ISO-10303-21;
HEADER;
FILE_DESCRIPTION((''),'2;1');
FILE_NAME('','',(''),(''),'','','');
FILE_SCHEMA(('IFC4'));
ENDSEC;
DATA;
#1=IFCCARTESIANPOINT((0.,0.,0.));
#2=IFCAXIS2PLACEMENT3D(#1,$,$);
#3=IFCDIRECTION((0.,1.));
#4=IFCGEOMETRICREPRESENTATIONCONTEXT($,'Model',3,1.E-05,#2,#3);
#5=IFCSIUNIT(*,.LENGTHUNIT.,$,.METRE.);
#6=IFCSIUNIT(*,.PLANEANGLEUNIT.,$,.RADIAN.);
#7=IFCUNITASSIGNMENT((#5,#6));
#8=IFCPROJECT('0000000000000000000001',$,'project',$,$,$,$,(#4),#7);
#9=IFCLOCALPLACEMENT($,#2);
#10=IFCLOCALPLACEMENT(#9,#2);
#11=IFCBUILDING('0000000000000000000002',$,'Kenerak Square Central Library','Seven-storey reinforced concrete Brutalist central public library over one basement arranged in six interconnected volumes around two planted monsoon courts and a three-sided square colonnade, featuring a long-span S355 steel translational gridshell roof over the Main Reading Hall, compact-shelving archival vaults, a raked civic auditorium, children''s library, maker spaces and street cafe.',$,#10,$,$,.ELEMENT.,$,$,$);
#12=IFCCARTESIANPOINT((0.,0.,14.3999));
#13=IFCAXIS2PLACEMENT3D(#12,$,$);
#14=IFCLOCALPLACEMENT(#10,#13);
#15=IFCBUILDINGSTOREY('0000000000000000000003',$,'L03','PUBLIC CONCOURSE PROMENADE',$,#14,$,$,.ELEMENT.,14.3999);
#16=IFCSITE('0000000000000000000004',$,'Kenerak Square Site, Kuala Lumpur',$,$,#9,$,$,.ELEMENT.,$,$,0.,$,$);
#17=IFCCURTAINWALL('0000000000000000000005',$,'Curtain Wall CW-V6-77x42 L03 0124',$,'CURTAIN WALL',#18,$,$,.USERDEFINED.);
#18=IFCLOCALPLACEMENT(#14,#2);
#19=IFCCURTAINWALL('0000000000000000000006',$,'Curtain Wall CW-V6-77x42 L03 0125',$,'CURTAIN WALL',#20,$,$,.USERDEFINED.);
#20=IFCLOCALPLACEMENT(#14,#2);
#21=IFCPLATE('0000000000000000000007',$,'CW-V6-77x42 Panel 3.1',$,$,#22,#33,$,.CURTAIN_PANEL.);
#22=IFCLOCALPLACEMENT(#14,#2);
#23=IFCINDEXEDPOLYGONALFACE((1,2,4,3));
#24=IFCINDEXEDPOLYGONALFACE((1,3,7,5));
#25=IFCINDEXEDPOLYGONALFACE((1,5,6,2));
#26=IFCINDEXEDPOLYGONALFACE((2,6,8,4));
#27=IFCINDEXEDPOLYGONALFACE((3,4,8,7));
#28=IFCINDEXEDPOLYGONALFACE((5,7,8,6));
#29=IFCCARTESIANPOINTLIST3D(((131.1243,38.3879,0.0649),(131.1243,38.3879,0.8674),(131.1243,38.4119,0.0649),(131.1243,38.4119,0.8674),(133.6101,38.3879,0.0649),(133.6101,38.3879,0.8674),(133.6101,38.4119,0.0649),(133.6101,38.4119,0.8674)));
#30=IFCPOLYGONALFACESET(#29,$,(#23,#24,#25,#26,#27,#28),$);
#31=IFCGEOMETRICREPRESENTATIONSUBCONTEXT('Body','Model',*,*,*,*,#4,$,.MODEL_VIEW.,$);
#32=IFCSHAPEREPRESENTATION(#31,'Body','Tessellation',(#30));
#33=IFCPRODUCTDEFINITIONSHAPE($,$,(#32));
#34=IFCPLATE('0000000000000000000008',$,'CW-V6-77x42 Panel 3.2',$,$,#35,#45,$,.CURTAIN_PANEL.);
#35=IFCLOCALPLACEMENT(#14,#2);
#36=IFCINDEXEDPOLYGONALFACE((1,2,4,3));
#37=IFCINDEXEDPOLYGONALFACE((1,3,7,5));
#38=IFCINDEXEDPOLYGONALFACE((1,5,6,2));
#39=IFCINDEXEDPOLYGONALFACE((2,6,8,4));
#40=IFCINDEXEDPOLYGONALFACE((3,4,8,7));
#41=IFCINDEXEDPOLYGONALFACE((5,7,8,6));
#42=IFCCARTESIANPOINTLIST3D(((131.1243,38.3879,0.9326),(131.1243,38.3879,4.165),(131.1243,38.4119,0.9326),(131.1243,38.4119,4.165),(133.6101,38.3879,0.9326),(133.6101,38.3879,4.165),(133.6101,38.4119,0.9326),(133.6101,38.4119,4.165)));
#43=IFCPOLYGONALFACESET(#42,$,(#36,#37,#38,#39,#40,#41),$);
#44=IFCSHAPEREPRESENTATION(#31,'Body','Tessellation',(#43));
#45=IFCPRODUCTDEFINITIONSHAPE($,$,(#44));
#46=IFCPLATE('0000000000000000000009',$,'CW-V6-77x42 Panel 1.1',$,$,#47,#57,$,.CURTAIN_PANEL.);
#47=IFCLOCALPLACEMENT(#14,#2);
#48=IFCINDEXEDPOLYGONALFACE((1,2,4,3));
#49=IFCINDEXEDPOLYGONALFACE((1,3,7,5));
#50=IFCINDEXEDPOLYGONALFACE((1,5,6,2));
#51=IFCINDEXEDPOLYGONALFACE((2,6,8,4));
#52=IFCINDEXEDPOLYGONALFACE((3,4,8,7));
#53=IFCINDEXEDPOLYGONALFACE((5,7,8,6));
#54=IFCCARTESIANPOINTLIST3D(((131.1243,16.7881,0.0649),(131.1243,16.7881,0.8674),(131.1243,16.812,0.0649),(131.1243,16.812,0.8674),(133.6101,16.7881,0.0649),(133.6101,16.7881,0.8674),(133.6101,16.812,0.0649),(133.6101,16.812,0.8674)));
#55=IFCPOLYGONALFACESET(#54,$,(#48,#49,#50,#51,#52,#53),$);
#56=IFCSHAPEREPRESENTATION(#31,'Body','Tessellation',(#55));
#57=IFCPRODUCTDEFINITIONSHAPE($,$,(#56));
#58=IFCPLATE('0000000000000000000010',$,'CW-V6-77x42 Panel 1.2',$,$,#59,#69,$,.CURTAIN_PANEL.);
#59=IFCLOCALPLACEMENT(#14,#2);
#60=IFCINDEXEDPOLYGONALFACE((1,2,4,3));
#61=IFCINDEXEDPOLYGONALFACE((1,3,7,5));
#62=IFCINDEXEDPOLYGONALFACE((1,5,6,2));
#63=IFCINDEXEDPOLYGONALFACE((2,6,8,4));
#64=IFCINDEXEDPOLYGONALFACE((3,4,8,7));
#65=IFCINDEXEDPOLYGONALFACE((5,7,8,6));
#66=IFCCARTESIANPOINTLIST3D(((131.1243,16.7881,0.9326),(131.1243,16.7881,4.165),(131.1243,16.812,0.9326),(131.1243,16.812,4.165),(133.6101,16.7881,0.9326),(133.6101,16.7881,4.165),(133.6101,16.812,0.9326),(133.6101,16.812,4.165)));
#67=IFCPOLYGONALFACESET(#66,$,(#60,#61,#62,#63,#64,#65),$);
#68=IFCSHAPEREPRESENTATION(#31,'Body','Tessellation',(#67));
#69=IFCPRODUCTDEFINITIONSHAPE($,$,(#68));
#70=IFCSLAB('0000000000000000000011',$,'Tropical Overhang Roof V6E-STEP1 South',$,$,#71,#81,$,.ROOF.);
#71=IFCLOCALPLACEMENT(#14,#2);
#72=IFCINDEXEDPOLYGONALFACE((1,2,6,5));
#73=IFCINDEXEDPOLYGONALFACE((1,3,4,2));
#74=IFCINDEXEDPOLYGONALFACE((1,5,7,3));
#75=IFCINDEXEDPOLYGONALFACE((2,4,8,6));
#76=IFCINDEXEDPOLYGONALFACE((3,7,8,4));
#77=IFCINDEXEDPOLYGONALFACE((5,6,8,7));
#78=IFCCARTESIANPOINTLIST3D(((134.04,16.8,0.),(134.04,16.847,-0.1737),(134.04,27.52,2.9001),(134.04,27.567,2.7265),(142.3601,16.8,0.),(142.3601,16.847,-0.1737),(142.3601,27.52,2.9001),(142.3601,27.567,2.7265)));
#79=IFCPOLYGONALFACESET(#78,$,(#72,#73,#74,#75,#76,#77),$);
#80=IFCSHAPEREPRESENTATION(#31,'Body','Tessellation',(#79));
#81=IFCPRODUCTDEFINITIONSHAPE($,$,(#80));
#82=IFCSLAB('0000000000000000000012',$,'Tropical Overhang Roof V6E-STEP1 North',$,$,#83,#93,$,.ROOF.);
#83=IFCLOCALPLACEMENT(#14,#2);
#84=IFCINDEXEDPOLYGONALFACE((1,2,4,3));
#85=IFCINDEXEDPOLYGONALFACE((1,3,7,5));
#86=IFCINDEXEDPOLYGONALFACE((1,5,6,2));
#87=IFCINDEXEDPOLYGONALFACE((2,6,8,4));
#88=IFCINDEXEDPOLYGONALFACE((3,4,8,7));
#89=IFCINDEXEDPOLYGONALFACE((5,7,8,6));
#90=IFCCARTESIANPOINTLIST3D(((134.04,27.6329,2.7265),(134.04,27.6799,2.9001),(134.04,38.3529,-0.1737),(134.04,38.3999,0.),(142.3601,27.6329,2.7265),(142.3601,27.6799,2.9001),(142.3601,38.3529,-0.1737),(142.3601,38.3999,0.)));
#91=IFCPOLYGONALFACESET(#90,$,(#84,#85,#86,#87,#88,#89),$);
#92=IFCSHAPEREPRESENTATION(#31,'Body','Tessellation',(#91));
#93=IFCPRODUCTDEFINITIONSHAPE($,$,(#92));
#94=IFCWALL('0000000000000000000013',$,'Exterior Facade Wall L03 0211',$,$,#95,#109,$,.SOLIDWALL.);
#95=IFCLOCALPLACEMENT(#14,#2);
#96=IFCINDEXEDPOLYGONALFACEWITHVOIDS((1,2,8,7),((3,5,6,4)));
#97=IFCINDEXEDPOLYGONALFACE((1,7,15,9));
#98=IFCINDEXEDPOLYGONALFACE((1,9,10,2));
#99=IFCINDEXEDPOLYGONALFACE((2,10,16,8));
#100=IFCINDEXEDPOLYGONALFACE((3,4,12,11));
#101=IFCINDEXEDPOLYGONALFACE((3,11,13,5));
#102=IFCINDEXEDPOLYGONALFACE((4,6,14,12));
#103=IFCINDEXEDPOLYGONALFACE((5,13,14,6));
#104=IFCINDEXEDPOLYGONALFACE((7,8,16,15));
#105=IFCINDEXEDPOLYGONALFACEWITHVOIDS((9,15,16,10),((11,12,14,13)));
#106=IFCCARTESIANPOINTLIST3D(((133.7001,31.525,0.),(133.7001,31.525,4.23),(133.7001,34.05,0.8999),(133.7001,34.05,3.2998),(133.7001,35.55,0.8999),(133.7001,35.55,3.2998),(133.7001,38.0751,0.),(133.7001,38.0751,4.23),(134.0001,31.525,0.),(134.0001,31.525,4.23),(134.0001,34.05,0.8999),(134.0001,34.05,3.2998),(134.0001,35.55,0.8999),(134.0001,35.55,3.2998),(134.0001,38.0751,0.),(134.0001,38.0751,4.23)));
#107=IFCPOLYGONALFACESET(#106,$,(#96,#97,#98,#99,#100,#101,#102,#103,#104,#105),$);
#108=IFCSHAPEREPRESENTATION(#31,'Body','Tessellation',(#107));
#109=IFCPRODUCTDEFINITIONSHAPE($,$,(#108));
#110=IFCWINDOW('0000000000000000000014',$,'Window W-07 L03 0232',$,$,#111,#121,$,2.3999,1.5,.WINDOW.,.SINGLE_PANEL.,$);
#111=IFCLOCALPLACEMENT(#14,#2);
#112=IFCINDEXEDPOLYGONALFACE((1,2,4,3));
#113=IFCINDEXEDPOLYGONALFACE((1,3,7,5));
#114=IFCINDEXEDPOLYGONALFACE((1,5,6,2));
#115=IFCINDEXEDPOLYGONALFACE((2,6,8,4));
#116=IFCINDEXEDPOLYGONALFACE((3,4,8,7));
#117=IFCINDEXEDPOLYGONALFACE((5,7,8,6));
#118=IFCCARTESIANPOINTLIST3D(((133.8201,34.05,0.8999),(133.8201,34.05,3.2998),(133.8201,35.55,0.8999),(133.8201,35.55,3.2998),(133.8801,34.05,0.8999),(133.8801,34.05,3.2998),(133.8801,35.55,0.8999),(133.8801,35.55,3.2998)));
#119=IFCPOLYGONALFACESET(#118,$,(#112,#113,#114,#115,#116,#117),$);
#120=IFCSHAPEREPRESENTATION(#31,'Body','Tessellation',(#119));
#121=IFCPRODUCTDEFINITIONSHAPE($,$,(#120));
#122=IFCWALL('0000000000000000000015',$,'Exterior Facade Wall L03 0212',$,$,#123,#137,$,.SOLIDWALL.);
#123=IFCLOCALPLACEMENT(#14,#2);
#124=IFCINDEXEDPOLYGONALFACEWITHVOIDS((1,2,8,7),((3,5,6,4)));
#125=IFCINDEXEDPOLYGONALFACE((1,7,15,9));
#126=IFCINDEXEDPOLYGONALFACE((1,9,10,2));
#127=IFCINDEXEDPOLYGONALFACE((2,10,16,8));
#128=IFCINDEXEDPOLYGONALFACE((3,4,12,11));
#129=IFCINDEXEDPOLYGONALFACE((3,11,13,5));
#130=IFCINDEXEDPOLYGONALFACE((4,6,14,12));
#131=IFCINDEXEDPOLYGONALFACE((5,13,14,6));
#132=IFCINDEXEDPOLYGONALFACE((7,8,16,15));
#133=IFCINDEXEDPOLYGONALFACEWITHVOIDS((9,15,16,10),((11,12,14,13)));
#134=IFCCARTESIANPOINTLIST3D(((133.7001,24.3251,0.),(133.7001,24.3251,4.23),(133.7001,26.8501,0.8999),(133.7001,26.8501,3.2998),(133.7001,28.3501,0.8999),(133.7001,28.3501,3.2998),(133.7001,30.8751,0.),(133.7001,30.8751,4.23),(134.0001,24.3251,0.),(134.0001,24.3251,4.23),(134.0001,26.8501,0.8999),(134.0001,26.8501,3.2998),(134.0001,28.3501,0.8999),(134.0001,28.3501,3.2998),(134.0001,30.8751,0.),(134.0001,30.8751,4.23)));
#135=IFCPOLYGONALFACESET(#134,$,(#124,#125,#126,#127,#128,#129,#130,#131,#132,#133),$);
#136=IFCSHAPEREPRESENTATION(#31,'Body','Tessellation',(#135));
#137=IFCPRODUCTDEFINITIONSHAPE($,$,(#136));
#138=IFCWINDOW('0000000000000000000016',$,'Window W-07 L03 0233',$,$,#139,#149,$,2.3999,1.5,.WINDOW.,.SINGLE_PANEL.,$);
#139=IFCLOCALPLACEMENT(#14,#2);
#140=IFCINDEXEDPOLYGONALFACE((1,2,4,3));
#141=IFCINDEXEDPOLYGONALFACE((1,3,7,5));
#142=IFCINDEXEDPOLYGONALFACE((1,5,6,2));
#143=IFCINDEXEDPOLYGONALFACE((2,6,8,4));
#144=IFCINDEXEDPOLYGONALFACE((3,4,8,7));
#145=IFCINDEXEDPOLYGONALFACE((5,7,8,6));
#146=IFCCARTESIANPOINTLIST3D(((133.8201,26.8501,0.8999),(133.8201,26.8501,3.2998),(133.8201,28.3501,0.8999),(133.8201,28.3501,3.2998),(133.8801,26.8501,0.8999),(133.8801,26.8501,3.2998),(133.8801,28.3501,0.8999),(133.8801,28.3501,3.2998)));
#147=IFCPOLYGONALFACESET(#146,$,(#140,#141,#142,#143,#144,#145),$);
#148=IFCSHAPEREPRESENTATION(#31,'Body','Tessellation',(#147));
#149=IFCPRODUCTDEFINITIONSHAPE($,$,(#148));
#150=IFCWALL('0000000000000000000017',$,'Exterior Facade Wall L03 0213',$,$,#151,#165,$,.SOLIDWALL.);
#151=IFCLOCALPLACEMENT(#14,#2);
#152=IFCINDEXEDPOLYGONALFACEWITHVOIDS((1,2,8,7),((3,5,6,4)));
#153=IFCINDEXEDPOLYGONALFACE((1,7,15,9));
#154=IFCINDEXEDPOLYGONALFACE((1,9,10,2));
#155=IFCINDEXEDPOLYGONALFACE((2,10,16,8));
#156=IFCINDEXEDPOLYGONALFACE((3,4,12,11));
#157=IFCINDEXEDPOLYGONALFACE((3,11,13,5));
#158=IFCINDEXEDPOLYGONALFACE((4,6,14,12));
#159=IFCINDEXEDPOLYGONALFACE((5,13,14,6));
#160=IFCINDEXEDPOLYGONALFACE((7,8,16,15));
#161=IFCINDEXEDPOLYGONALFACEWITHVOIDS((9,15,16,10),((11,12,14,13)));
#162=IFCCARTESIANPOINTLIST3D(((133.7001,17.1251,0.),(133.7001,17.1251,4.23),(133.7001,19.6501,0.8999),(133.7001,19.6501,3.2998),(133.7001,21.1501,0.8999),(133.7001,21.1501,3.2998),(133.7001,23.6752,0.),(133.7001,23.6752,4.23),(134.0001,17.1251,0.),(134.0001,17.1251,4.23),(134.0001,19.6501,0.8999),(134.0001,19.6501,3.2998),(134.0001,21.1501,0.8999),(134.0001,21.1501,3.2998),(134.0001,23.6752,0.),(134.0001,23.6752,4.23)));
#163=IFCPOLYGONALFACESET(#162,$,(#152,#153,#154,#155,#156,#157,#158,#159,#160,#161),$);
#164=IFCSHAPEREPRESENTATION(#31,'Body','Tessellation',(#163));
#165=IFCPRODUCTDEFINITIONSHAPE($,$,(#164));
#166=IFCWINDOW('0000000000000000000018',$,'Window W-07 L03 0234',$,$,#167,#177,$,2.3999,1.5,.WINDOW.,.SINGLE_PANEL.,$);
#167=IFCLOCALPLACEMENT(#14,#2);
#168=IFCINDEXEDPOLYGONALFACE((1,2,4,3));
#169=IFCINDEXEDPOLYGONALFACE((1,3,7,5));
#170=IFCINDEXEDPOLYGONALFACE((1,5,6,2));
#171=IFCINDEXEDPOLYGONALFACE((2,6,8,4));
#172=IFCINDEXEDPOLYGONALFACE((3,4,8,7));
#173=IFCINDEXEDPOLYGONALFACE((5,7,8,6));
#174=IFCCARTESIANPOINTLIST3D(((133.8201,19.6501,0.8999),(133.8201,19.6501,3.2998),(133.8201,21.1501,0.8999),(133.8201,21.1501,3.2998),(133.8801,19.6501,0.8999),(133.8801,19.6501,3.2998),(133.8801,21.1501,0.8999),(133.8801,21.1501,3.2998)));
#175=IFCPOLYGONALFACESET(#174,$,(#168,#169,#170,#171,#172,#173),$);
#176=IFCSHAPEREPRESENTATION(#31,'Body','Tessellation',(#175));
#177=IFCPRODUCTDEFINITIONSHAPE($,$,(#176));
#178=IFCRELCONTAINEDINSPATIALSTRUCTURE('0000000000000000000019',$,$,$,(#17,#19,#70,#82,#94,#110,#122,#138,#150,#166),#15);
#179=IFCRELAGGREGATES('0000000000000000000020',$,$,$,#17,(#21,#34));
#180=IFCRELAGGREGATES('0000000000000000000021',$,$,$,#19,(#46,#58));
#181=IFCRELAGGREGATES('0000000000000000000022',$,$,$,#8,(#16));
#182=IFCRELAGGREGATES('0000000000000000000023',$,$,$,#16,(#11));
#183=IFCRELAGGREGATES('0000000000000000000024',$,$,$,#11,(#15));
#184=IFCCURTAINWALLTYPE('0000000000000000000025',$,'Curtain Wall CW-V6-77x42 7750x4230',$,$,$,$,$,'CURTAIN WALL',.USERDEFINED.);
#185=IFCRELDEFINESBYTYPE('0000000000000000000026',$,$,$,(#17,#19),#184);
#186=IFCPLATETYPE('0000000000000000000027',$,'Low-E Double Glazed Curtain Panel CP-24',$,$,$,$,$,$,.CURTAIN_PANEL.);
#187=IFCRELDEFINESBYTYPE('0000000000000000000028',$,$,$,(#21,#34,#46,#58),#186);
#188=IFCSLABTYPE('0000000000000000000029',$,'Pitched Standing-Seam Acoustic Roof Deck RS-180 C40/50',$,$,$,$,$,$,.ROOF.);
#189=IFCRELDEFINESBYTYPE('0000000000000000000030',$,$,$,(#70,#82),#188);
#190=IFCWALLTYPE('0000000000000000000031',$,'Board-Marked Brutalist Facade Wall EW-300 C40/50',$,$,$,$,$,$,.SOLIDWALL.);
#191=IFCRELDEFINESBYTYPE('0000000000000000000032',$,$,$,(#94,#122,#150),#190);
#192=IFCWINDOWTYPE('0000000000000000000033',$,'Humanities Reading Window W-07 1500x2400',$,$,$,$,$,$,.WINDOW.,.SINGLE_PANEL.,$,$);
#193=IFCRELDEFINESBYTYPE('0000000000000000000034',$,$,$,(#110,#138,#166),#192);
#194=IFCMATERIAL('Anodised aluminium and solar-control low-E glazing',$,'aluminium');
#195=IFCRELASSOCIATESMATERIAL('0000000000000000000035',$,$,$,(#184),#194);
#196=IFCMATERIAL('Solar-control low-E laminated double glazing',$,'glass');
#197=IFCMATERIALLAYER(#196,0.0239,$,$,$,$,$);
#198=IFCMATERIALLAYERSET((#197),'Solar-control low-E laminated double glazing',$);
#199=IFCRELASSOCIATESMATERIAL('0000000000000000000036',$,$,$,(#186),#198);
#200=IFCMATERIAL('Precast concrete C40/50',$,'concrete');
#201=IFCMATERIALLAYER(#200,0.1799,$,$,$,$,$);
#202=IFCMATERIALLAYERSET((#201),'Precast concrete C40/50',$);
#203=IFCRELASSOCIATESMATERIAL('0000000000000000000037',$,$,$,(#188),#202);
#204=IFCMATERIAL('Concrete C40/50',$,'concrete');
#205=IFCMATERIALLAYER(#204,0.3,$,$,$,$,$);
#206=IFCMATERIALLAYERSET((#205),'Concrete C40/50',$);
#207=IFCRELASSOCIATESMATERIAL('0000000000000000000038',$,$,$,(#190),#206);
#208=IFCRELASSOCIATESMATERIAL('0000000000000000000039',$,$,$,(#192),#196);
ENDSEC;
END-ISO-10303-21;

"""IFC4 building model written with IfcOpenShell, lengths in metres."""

from ifc_helpers import new_model, si_unit, direction, frame, frame_2d, origin, origin_2d, place, context, subcontext, project, spatial, polyline, rectangle, outline, extrude, material, layer, layer_set, type_object, element, fill, aggregate, save


model = new_model("IFC4")

# Units and contexts
model_context = context("Model", 3, precision=1e-05, world=origin(), true_north=direction((0.0, 1.0)))
body_context = subcontext(model_context, "Body", "Model", "MODEL_VIEW")
ifc_project = project(units=[si_unit("LENGTHUNIT", "METRE"), si_unit("PLANEANGLEUNIT", "RADIAN")], contexts=[model_context])

# Site, building, storey
site_placement = place(None, origin())
site = spatial("IfcSite", under=ifc_project, at=site_placement, Name="Kenerak Square Site, Kuala Lumpur", CompositionType="ELEMENT", RefElevation=0.0)
building_placement = place(site_placement, origin())
building = spatial("IfcBuilding", under=site, at=building_placement, Name="Kenerak Square Central Library", Description="Seven-storey reinforced concrete Brutalist central public library over one basement arranged in six interconnected volumes around two planted monsoon courts and a three-sided square colonnade, featuring a long-span S355 steel translational gridshell roof over the Main Reading Hall, compact-shelving archival vaults, a raked civic auditorium, children's library, maker spaces and street cafe.", CompositionType="ELEMENT")
storey_placement = place(building_placement, frame((0.0, 0.0, 14.3999)))
storey = spatial("IfcBuildingStorey", under=building, at=storey_placement, Name="L03", Description="PUBLIC CONCOURSE PROMENADE", CompositionType="ELEMENT", Elevation=14.3999)

# Shared definitions
ifc_material_1 = material(Name="Concrete C40/50", Category="concrete")

# Curtain walls
ifc_material_2 = material(Name="Anodised aluminium and solar-control low-E glazing", Category="aluminium")
curtain_wall_type = type_object("IfcCurtainWallType", Name="Curtain Wall CW-V6-77x42 7750x4230", ElementType="CURTAIN WALL", PredefinedType="USERDEFINED", material=ifc_material_2)
curtain_wall_1_placement = place(storey_placement, origin())
curtain_wall_1 = element("IfcCurtainWall", 1, at=curtain_wall_1_placement, inside=storey, type_object=curtain_wall_type, Name="Curtain Wall CW-V6-77x42 L03 0124", ObjectType="CURTAIN WALL", PredefinedType="USERDEFINED")
curtain_wall_2_placement = place(storey_placement, origin())
curtain_wall_2 = element("IfcCurtainWall", 2, at=curtain_wall_2_placement, inside=storey, type_object=curtain_wall_type, Name="Curtain Wall CW-V6-77x42 L03 0125", ObjectType="CURTAIN WALL", PredefinedType="USERDEFINED")

# Plates
ifc_material_3 = material(Name="Solar-control low-E laminated double glazing", Category="glass")
ifc_layer_1 = layer(ifc_material_3, 0.0239)
ifc_layer_set_1 = layer_set([ifc_layer_1], Name="Solar-control low-E laminated double glazing")
plate_type = type_object("IfcPlateType", Name="Low-E Double Glazed Curtain Panel CP-24", PredefinedType="CURTAIN_PANEL", material=ifc_layer_set_1)
plate_1_placement = place(storey_placement, frame((132.3672, 38.3999, 0.0649), z_axis=(0.0, 0.0, 1.0), x_axis=(1.0, 0.0, 0.0)))
plate_1 = element("IfcPlate", 3, at=plate_1_placement, type_object=plate_type, Name="CW-V6-77x42 Panel 3.1", PredefinedType="CURTAIN_PANEL", context=body_context, shape_type="SweptSolid", body=[
    extrude(rectangle(XDim=2.4858, YDim=0.0239, at=origin_2d()), origin(), (0.0, 0.0, 1.0), 0.8025),
])
plate_2_placement = place(storey_placement, frame((132.3672, 38.3999, 0.9326), z_axis=(0.0, 0.0, 1.0), x_axis=(1.0, 0.0, 0.0)))
plate_2 = element("IfcPlate", 4, at=plate_2_placement, type_object=plate_type, Name="CW-V6-77x42 Panel 3.2", PredefinedType="CURTAIN_PANEL", context=body_context, shape_type="SweptSolid", body=[
    extrude(rectangle(XDim=2.4858, YDim=0.0239, at=origin_2d()), origin(), (0.0, 0.0, 1.0), 3.2324),
])
aggregate(curtain_wall_1, [plate_1, plate_2])
plate_3_placement = place(storey_placement, frame((132.3672, 16.8, 0.0649), z_axis=(0.0, 0.0, 1.0), x_axis=(-1.0, 0.0, 0.0)))
plate_3 = element("IfcPlate", 5, at=plate_3_placement, type_object=plate_type, Name="CW-V6-77x42 Panel 1.1", PredefinedType="CURTAIN_PANEL", context=body_context, shape_type="SweptSolid", body=[
    extrude(rectangle(XDim=2.4858, YDim=0.0239, at=origin_2d()), origin(), (0.0, 0.0, 1.0), 0.8025),
])
plate_4_placement = place(storey_placement, frame((132.3672, 16.8, 0.9326), z_axis=(0.0, 0.0, 1.0), x_axis=(-1.0, 0.0, 0.0)))
plate_4 = element("IfcPlate", 6, at=plate_4_placement, type_object=plate_type, Name="CW-V6-77x42 Panel 1.2", PredefinedType="CURTAIN_PANEL", context=body_context, shape_type="SweptSolid", body=[
    extrude(rectangle(XDim=2.4858, YDim=0.0239, at=origin_2d()), origin(), (0.0, 0.0, 1.0), 3.2324),
])
aggregate(curtain_wall_2, [plate_3, plate_4])

# Slabs
ifc_material_4 = material(Name="Precast concrete C40/50", Category="concrete")
ifc_layer_2 = layer(ifc_material_4, 0.1799)
ifc_layer_set_2 = layer_set([ifc_layer_2], Name="Precast concrete C40/50")
slab_type = type_object("IfcSlabType", Name="Pitched Standing-Seam Acoustic Roof Deck RS-180 C40/50", PredefinedType="ROOF", material=ifc_layer_set_2)
for number, where, z_axis, x_axis, name in (
    (7, (134.04, 16.8, 0.0), (0.0, -0.261149, 0.965299), (1.0, 0.0, 0.0), "Tropical Overhang Roof V6E-STEP1 South"),
    (8, (134.04, 27.6799, 2.9001), (0.0, 0.261149, 0.965299), (1.0, 0.0, 0.0), "Tropical Overhang Roof V6E-STEP1 North"),
):
    element("IfcSlab", number, at=place(storey_placement, frame(where, z_axis=z_axis, x_axis=x_axis)), inside=storey, type_object=slab_type, Name=name, PredefinedType="ROOF", context=body_context, shape_type="SweptSolid", body=[
        extrude(outline(polyline([(0.0, 0.0), (8.3201, 0.0), (8.3201, 11.1053), (0.0, 11.1053), (0.0, 0.0)])), origin(), (0.0, 0.0, -1.0), 0.1799),
    ])

# Walls, openings, windows
ifc_layer_3 = layer(ifc_material_1, 0.3)
ifc_layer_set_3 = layer_set([ifc_layer_3], Name="Concrete C40/50")
wall_type = type_object("IfcWallType", Name="Board-Marked Brutalist Facade Wall EW-300 C40/50", PredefinedType="SOLIDWALL", material=ifc_layer_set_3)
wall_1_placement = place(storey_placement, frame((133.8501, 38.075, 0.0), z_axis=(0.0, 0.0, 1.0), x_axis=(0.0, -1.0, 0.0)))
wall_1 = element("IfcWall", 9, at=wall_1_placement, inside=storey, type_object=wall_type, Name="Exterior Facade Wall L03 0211", PredefinedType="SOLIDWALL", context=body_context, shape_type="SweptSolid", body=[
    extrude(rectangle(XDim=6.55, YDim=0.3, at=frame_2d((3.2749, 0.0))), origin(), (0.0, 0.0, 1.0), 4.23),
])
opening_1_placement = place(wall_1_placement, frame((2.5249, 0.0, 0.8999)))
opening_1 = element("IfcOpeningElement", 10, at=opening_1_placement, cuts=wall_1, PredefinedType="OPENING", context=body_context, shape_type="SweptSolid", body=[
    extrude(rectangle(XDim=1.5, YDim=2.3999, at=frame_2d((0.75, 1.2))), frame((0.0, 0.1599, 0.0), z_axis=(0.0, -1.0, 0.0), x_axis=(1.0, 0.0, 0.0)), (0.0, 0.0, 1.0), 0.3201),
])
window_type = type_object("IfcWindowType", Name="Humanities Reading Window W-07 1500x2400", PartitioningType="SINGLE_PANEL", PredefinedType="WINDOW", material=ifc_material_3)
window_1_placement = place(opening_1_placement, origin())
window_1 = element("IfcWindow", 11, at=window_1_placement, inside=storey, type_object=window_type, Name="Window W-07 L03 0232", OverallHeight=2.3999, OverallWidth=1.5, PartitioningType="SINGLE_PANEL", PredefinedType="WINDOW", context=body_context, shape_type="SweptSolid", body=[
    extrude(rectangle(XDim=1.5, YDim=2.3999, at=frame_2d((0.75, 1.2))), frame((0.0, 0.03, 0.0), z_axis=(0.0, -1.0, 0.0), x_axis=(1.0, 0.0, 0.0)), (0.0, 0.0, 1.0), 0.0601),
])
fill(opening_1, window_1)
wall_2_placement = place(storey_placement, frame((133.8501, 30.875, 0.0), z_axis=(0.0, 0.0, 1.0), x_axis=(0.0, -1.0, 0.0)))
wall_2 = element("IfcWall", 12, at=wall_2_placement, inside=storey, type_object=wall_type, Name="Exterior Facade Wall L03 0212", PredefinedType="SOLIDWALL", context=body_context, shape_type="SweptSolid", body=[
    extrude(rectangle(XDim=6.55, YDim=0.3, at=frame_2d((3.2749, 0.0))), origin(), (0.0, 0.0, 1.0), 4.23),
])
opening_2_placement = place(wall_2_placement, frame((2.5249, 0.0, 0.8999)))
opening_2 = element("IfcOpeningElement", 13, at=opening_2_placement, cuts=wall_2, PredefinedType="OPENING", context=body_context, shape_type="SweptSolid", body=[
    extrude(rectangle(XDim=1.5, YDim=2.3999, at=frame_2d((0.75, 1.2))), frame((0.0, 0.1599, 0.0), z_axis=(0.0, -1.0, 0.0), x_axis=(1.0, 0.0, 0.0)), (0.0, 0.0, 1.0), 0.3201),
])
window_2_placement = place(opening_2_placement, origin())
window_2 = element("IfcWindow", 14, at=window_2_placement, inside=storey, type_object=window_type, Name="Window W-07 L03 0233", OverallHeight=2.3999, OverallWidth=1.5, PartitioningType="SINGLE_PANEL", PredefinedType="WINDOW", context=body_context, shape_type="SweptSolid", body=[
    extrude(rectangle(XDim=1.5, YDim=2.3999, at=frame_2d((0.75, 1.2))), frame((0.0, 0.03, 0.0), z_axis=(0.0, -1.0, 0.0), x_axis=(1.0, 0.0, 0.0)), (0.0, 0.0, 1.0), 0.0601),
])
fill(opening_2, window_2)
wall_3_placement = place(storey_placement, frame((133.8501, 23.675, 0.0), z_axis=(0.0, 0.0, 1.0), x_axis=(0.0, -1.0, 0.0)))
wall_3 = element("IfcWall", 15, at=wall_3_placement, inside=storey, type_object=wall_type, Name="Exterior Facade Wall L03 0213", PredefinedType="SOLIDWALL", context=body_context, shape_type="SweptSolid", body=[
    extrude(rectangle(XDim=6.55, YDim=0.3, at=frame_2d((3.2749, 0.0))), origin(), (0.0, 0.0, 1.0), 4.23),
])
opening_3_placement = place(wall_3_placement, frame((2.5249, 0.0, 0.8999)))
opening_3 = element("IfcOpeningElement", 16, at=opening_3_placement, cuts=wall_3, PredefinedType="OPENING", context=body_context, shape_type="SweptSolid", body=[
    extrude(rectangle(XDim=1.5, YDim=2.3999, at=frame_2d((0.75, 1.2))), frame((0.0, 0.1599, 0.0), z_axis=(0.0, -1.0, 0.0), x_axis=(1.0, 0.0, 0.0)), (0.0, 0.0, 1.0), 0.3201),
])
window_3_placement = place(opening_3_placement, origin())
window_3 = element("IfcWindow", 17, at=window_3_placement, inside=storey, type_object=window_type, Name="Window W-07 L03 0234", OverallHeight=2.3999, OverallWidth=1.5, PartitioningType="SINGLE_PANEL", PredefinedType="WINDOW", context=body_context, shape_type="SweptSolid", body=[
    extrude(rectangle(XDim=1.5, YDim=2.3999, at=frame_2d((0.75, 1.2))), frame((0.0, 0.03, 0.0), z_axis=(0.0, -1.0, 0.0), x_axis=(1.0, 0.0, 0.0)), (0.0, 0.0, 1.0), 0.0601),
])
fill(opening_3, window_3)

save(model, "model.ifc")
